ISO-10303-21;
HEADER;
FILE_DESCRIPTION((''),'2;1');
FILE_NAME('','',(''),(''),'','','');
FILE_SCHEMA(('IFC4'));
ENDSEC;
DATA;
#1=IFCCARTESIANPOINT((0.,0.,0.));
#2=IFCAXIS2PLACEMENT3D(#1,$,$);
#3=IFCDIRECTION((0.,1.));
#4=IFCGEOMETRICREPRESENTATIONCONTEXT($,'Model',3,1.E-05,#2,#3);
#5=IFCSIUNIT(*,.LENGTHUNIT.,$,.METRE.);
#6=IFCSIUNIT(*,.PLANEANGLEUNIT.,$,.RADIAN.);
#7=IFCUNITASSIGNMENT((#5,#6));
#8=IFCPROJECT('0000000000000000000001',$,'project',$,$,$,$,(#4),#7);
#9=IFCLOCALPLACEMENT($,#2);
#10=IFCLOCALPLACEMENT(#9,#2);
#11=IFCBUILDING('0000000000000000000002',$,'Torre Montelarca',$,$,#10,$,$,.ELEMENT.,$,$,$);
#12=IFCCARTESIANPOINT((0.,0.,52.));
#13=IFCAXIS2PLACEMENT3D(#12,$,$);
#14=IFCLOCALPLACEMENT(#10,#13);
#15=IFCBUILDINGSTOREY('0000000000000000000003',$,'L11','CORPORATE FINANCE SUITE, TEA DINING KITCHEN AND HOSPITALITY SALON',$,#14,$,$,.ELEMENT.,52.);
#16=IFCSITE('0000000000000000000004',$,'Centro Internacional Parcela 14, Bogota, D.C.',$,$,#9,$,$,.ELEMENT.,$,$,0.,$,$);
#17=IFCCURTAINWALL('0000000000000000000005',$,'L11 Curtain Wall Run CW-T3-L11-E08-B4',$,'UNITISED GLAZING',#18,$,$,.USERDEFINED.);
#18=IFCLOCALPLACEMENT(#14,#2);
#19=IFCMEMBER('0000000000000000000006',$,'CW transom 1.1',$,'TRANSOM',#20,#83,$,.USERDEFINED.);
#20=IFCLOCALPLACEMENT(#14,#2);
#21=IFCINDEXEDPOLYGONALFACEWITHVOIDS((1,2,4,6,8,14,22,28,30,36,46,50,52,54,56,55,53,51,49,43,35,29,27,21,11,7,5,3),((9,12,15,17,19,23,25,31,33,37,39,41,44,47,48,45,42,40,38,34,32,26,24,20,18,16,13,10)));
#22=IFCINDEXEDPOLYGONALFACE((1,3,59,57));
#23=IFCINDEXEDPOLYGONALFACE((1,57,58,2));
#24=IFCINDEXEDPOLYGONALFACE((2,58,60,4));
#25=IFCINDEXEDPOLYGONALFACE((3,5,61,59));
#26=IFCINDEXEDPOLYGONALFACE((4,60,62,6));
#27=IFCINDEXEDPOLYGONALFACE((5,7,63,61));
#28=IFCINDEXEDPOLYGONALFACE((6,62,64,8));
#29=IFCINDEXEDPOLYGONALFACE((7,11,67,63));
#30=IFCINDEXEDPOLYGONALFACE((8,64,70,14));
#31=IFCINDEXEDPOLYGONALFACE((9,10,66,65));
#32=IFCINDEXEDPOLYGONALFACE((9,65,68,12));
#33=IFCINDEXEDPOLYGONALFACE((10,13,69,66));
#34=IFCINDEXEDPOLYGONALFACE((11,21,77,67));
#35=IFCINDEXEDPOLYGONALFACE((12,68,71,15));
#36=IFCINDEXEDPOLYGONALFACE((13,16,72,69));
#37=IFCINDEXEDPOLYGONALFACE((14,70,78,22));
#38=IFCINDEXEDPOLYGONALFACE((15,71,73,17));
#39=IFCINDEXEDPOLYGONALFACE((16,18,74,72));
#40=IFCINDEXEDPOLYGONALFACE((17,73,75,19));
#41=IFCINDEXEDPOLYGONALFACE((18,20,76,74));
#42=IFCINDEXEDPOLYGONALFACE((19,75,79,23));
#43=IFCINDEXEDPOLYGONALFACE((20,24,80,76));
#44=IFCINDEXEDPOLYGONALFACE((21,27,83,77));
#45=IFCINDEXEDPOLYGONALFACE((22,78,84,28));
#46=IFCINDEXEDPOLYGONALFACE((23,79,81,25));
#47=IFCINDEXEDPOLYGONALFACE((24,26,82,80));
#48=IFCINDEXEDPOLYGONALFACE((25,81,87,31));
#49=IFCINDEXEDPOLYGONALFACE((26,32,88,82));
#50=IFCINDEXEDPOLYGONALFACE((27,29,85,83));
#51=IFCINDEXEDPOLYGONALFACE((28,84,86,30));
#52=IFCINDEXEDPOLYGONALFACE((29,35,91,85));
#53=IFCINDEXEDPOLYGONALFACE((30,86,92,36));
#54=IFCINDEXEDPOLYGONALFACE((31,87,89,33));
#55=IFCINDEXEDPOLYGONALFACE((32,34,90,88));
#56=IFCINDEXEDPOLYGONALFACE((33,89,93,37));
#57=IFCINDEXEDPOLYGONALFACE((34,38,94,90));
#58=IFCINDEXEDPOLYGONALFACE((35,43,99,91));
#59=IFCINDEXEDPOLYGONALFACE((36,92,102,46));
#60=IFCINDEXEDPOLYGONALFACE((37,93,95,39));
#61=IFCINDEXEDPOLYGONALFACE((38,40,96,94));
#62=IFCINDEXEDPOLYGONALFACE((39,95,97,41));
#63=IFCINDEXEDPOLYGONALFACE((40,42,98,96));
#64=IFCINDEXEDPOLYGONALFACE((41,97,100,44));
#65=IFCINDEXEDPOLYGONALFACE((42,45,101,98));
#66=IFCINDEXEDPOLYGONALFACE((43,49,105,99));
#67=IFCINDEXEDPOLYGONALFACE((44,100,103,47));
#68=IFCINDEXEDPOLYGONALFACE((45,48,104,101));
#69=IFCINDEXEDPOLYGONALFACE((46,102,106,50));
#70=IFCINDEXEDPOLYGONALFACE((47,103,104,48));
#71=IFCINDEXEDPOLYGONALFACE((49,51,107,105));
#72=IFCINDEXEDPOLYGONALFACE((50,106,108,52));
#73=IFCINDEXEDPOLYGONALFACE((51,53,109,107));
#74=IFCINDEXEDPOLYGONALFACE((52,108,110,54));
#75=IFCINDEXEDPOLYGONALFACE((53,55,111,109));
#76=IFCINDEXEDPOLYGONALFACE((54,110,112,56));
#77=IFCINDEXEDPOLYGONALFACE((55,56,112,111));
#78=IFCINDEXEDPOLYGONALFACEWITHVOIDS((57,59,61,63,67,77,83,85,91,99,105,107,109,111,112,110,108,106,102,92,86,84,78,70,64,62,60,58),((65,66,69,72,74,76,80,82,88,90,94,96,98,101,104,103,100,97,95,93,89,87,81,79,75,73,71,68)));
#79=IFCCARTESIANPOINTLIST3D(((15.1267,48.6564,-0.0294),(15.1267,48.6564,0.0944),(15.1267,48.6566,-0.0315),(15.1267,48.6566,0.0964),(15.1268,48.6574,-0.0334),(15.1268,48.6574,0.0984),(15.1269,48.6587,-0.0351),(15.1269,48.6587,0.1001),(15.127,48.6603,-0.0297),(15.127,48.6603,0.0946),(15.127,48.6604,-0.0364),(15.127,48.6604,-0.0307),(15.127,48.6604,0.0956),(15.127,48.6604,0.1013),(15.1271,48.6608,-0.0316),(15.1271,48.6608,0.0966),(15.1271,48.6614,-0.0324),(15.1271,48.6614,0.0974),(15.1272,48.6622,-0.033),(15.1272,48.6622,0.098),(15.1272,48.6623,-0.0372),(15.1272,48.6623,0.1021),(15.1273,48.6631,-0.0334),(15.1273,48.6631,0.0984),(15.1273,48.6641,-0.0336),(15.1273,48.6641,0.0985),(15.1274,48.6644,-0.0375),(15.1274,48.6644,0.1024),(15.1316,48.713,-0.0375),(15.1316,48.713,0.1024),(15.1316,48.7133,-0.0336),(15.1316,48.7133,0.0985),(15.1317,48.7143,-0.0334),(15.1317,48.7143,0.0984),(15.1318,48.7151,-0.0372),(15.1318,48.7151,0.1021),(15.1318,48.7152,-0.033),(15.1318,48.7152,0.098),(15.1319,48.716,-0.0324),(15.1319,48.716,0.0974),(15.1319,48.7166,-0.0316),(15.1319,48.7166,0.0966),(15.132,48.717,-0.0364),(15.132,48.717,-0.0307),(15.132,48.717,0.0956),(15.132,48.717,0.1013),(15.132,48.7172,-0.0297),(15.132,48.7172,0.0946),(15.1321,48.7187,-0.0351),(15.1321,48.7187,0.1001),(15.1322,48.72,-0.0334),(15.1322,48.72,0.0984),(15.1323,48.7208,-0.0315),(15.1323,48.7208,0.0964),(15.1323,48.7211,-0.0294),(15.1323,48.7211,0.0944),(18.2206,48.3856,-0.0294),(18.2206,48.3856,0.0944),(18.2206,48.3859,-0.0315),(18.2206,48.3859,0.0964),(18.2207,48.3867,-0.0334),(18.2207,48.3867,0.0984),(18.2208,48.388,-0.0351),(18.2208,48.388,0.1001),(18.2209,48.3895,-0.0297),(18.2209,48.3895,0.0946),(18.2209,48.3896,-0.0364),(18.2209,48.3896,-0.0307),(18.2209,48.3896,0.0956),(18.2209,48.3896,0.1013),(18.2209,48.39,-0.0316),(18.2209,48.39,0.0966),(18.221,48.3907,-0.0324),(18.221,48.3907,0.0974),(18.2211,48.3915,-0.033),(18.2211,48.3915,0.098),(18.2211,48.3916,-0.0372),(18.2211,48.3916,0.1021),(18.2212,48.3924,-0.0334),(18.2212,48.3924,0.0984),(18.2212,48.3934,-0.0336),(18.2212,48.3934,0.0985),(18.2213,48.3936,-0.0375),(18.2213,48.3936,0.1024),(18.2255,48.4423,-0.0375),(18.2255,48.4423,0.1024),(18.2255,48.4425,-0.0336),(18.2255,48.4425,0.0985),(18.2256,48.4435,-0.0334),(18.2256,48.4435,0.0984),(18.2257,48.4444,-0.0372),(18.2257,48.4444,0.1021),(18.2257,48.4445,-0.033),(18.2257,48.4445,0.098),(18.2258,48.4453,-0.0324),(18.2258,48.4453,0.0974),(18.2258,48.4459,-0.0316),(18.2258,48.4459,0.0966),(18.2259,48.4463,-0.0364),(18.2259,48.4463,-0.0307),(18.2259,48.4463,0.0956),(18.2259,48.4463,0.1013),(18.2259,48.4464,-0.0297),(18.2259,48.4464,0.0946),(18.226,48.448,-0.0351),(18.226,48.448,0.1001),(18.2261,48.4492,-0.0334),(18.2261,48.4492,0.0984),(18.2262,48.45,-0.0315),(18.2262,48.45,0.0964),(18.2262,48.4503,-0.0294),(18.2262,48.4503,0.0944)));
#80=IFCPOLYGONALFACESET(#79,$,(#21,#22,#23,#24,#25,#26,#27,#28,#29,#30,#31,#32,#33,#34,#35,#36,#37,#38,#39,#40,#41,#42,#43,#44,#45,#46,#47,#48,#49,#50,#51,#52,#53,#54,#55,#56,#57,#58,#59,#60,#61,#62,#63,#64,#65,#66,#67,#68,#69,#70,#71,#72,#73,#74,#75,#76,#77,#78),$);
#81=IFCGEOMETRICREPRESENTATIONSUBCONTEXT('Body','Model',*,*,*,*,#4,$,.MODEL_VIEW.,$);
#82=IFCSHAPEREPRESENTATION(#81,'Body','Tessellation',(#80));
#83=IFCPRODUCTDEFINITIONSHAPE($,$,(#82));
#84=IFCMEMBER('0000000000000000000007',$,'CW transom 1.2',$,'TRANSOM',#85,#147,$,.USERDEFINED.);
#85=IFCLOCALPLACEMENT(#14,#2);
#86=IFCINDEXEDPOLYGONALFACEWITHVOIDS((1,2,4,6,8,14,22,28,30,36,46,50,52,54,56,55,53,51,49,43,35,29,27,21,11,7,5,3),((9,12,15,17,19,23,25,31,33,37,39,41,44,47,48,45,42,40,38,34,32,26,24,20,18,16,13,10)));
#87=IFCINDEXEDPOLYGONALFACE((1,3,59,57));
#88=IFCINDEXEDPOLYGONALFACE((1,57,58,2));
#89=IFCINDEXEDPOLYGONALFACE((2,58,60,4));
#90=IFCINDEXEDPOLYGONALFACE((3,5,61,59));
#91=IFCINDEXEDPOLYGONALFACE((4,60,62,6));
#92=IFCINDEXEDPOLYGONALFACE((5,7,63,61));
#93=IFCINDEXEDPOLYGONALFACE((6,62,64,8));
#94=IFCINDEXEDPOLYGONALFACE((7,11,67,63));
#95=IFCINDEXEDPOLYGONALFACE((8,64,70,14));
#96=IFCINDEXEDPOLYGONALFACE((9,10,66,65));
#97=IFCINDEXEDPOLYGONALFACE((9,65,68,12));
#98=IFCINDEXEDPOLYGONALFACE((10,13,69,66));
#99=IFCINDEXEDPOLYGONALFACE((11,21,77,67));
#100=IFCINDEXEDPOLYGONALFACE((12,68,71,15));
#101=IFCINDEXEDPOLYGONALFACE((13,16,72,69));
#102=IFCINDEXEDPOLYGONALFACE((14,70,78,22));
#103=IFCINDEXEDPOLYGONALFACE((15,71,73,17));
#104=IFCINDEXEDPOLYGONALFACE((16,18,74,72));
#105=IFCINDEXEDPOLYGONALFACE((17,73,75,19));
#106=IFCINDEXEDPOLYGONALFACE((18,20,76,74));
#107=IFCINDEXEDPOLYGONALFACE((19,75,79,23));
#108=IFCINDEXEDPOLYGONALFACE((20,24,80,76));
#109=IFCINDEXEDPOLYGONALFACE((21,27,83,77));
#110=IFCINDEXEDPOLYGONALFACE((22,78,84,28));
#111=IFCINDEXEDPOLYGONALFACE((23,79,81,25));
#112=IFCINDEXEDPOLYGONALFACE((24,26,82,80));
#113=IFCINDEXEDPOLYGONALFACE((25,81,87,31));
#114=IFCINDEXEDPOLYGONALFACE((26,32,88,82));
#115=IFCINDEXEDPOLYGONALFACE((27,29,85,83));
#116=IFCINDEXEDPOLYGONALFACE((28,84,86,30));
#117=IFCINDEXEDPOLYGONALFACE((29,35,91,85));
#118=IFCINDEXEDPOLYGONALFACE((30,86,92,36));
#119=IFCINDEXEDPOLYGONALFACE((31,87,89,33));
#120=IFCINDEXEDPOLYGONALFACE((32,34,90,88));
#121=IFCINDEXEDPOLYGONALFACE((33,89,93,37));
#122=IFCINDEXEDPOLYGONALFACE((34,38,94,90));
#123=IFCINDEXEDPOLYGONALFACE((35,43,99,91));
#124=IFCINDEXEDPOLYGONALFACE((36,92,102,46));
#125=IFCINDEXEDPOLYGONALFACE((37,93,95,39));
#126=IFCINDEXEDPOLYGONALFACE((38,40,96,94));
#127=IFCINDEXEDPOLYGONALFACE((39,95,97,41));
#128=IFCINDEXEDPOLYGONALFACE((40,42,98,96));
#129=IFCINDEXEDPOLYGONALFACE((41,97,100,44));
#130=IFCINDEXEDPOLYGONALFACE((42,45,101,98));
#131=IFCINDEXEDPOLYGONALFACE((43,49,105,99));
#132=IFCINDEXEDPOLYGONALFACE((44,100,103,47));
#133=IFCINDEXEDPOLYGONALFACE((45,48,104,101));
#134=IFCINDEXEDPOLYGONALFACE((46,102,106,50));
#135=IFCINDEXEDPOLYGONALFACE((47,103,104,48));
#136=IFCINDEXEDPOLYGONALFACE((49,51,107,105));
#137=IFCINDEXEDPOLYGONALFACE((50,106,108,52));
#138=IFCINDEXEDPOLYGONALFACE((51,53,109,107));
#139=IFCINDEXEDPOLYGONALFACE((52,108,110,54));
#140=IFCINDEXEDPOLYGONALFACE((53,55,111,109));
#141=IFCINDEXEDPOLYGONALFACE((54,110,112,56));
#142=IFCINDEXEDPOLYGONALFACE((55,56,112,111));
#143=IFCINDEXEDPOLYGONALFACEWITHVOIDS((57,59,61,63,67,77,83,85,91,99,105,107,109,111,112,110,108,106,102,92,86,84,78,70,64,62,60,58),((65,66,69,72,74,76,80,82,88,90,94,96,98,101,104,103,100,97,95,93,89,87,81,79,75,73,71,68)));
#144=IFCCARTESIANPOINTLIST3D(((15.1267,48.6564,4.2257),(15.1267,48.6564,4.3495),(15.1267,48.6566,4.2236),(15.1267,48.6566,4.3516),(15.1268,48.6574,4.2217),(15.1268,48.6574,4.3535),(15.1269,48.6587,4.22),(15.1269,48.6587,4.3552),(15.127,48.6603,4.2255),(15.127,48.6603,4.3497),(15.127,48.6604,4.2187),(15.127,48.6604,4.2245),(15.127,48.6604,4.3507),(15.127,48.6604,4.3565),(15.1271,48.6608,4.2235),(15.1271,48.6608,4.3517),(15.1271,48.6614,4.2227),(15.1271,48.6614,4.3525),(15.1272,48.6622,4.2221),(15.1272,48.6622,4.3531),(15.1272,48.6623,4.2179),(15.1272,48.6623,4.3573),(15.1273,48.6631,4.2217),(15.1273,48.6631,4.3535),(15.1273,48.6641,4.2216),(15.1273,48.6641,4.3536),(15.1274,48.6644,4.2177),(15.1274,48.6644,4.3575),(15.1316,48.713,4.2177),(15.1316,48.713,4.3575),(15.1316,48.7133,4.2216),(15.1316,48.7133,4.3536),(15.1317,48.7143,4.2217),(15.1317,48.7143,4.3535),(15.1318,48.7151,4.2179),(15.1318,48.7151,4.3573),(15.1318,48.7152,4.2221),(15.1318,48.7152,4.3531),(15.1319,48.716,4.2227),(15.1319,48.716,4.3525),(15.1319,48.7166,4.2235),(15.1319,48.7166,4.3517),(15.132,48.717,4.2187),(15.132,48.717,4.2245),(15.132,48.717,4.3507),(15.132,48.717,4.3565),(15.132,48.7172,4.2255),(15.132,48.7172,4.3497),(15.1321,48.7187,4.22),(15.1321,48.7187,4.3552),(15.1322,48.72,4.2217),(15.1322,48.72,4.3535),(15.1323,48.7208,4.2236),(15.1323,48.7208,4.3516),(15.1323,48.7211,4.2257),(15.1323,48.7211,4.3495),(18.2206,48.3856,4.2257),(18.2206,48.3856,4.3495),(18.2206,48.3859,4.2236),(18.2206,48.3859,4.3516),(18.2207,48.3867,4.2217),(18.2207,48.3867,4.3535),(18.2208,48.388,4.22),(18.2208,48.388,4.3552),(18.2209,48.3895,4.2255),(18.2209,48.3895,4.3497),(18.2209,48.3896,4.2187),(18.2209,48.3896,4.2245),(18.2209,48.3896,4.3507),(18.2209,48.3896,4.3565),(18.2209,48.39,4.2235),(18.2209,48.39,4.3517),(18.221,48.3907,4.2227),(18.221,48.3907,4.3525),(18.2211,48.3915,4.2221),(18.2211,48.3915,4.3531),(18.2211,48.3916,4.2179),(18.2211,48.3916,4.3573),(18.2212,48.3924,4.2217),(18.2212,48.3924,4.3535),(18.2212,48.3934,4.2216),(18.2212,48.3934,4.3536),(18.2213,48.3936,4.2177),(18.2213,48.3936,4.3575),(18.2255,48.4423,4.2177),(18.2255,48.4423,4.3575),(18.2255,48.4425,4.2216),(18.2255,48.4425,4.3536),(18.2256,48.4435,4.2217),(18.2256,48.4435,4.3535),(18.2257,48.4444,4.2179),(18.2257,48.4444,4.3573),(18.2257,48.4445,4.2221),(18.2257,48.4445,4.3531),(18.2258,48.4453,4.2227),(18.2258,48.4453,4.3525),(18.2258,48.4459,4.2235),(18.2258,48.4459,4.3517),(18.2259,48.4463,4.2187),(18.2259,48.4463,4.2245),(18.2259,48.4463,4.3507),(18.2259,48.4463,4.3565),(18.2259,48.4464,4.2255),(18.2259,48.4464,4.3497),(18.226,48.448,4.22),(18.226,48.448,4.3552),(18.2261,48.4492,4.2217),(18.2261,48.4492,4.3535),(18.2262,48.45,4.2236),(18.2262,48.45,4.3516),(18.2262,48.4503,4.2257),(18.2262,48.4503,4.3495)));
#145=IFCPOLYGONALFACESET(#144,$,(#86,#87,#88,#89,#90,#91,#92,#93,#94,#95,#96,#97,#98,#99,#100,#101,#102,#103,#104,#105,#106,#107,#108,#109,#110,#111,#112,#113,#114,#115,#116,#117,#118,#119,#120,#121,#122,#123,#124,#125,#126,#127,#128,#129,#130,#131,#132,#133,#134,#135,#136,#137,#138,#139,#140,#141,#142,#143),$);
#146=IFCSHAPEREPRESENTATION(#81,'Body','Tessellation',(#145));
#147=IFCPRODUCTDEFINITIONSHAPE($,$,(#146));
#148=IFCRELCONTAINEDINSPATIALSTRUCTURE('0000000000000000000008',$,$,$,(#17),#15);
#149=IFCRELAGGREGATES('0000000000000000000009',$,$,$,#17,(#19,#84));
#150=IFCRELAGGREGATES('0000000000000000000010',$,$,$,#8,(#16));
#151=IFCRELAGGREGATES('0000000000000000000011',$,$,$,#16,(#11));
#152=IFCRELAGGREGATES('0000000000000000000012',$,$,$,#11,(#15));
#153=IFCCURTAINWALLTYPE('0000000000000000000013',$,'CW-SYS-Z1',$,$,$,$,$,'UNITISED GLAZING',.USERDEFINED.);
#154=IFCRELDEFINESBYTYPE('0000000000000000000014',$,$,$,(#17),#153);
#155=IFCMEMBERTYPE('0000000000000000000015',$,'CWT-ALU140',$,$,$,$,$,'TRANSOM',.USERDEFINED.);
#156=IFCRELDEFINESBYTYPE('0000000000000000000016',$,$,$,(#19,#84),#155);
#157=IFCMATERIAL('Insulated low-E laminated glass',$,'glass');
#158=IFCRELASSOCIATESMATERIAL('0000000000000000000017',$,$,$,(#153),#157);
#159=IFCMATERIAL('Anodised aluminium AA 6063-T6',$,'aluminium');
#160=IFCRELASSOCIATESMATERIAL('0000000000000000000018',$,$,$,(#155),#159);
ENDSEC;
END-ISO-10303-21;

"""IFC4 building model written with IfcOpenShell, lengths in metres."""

from ifc_helpers import new_model, si_unit, direction, frame, origin, origin_2d, place, context, subcontext, project, spatial, hollow_rectangle, extrude, source, transform, mapped, material, material_profile, profile_set, type_object, element, aggregate, save


model = new_model("IFC4")

# Units and contexts
model_context = context("Model", 3, precision=1e-05, world=origin(), true_north=direction((0.0, 1.0)))
body_context = subcontext(model_context, "Body", "Model", "MODEL_VIEW")
ifc_project = project(units=[si_unit("LENGTHUNIT", "METRE"), si_unit("PLANEANGLEUNIT", "RADIAN")], contexts=[model_context])

# Site, building, storey
site_placement = place(None, origin())
site = spatial("IfcSite", under=ifc_project, at=site_placement, Name="Centro Internacional Parcela 14, Bogota, D.C.", CompositionType="ELEMENT", RefElevation=0.0)
building_placement = place(site_placement, origin())
building = spatial("IfcBuilding", under=site, at=building_placement, Name="Torre Montelarca", CompositionType="ELEMENT")
storey_placement = place(building_placement, frame((0.0, 0.0, 52.0)))
storey = spatial("IfcBuildingStorey", under=building, at=storey_placement, Name="L11", Description="CORPORATE FINANCE SUITE, TEA DINING KITCHEN AND HOSPITALITY SALON", CompositionType="ELEMENT", Elevation=52.0)

# Shared definitions
ifc_material_1 = material(Name="Insulated low-E laminated glass", Category="glass")
curtain_wall_type = type_object("IfcCurtainWallType", Name="CW-SYS-Z1", ElementType="UNITISED GLAZING", PredefinedType="USERDEFINED", material=ifc_material_1)
ifc_material_2 = material(Name="Anodised aluminium AA 6063-T6", Category="aluminium")

# Curtain wall
curtain_wall_1_placement = place(storey_placement, origin())
curtain_wall_1 = element("IfcCurtainWall", 1, at=curtain_wall_1_placement, inside=storey, type_object=curtain_wall_type, Name="L11 Curtain Wall Run CW-T3-L11-E08-B4", ObjectType="UNITISED GLAZING", PredefinedType="USERDEFINED")

# Members
ifc_material_profile_1 = material_profile(ifc_material_2, hollow_rectangle(XDim=0.0649, YDim=0.1399, WallThickness=0.0039, InnerFilletRadius=0.0039, OuterFilletRadius=0.0081, at=origin_2d()), Name="ALU65X140X4", Category="aluminium")
ifc_profile_set_1 = profile_set([ifc_material_profile_1], Name="Anodised aluminium AA 6063-T6")
member_type_1 = type_object("IfcMemberType", Name="CWT-ALU140", ElementType="TRANSOM", PredefinedType="USERDEFINED", material=ifc_profile_set_1)
shared_shape_1 = source(origin(), body_context, "Body", "SweptSolid", [
    extrude(hollow_rectangle(XDim=0.0649, YDim=0.1399, WallThickness=0.0039, InnerFilletRadius=0.0039, OuterFilletRadius=0.0081, at=origin_2d()), origin(), (0.0, 0.0, 1.0), 3.1057),
])
member_1_placement = place(storey_placement, frame((18.2234, 48.418, 0.0325), z_axis=(-0.996193, 0.087176, 0.0), x_axis=(-0.087176, -0.996193, 0.0)))
member_1 = element("IfcMember", 2, at=member_1_placement, type_object=member_type_1, Name="CW transom 1.1", ObjectType="TRANSOM", PredefinedType="USERDEFINED", context=body_context, shape_type="MappedRepresentation", body=[
    mapped(shared_shape_1, transform((0.0, 0.0, 0.0), scale=1.0)),
])
member_2_placement = place(storey_placement, frame((18.2234, 48.418, 4.2876), z_axis=(-0.996193, 0.087176, 0.0), x_axis=(-0.087176, -0.996193, 0.0)))
member_2 = element("IfcMember", 3, at=member_2_placement, type_object=member_type_1, Name="CW transom 1.2", ObjectType="TRANSOM", PredefinedType="USERDEFINED", context=body_context, shape_type="MappedRepresentation", body=[
    mapped(shared_shape_1, transform((0.0, 0.0, 0.0), scale=1.0)),
])

aggregate(curtain_wall_1, [member_1, member_2])

save(model, "model.ifc")
